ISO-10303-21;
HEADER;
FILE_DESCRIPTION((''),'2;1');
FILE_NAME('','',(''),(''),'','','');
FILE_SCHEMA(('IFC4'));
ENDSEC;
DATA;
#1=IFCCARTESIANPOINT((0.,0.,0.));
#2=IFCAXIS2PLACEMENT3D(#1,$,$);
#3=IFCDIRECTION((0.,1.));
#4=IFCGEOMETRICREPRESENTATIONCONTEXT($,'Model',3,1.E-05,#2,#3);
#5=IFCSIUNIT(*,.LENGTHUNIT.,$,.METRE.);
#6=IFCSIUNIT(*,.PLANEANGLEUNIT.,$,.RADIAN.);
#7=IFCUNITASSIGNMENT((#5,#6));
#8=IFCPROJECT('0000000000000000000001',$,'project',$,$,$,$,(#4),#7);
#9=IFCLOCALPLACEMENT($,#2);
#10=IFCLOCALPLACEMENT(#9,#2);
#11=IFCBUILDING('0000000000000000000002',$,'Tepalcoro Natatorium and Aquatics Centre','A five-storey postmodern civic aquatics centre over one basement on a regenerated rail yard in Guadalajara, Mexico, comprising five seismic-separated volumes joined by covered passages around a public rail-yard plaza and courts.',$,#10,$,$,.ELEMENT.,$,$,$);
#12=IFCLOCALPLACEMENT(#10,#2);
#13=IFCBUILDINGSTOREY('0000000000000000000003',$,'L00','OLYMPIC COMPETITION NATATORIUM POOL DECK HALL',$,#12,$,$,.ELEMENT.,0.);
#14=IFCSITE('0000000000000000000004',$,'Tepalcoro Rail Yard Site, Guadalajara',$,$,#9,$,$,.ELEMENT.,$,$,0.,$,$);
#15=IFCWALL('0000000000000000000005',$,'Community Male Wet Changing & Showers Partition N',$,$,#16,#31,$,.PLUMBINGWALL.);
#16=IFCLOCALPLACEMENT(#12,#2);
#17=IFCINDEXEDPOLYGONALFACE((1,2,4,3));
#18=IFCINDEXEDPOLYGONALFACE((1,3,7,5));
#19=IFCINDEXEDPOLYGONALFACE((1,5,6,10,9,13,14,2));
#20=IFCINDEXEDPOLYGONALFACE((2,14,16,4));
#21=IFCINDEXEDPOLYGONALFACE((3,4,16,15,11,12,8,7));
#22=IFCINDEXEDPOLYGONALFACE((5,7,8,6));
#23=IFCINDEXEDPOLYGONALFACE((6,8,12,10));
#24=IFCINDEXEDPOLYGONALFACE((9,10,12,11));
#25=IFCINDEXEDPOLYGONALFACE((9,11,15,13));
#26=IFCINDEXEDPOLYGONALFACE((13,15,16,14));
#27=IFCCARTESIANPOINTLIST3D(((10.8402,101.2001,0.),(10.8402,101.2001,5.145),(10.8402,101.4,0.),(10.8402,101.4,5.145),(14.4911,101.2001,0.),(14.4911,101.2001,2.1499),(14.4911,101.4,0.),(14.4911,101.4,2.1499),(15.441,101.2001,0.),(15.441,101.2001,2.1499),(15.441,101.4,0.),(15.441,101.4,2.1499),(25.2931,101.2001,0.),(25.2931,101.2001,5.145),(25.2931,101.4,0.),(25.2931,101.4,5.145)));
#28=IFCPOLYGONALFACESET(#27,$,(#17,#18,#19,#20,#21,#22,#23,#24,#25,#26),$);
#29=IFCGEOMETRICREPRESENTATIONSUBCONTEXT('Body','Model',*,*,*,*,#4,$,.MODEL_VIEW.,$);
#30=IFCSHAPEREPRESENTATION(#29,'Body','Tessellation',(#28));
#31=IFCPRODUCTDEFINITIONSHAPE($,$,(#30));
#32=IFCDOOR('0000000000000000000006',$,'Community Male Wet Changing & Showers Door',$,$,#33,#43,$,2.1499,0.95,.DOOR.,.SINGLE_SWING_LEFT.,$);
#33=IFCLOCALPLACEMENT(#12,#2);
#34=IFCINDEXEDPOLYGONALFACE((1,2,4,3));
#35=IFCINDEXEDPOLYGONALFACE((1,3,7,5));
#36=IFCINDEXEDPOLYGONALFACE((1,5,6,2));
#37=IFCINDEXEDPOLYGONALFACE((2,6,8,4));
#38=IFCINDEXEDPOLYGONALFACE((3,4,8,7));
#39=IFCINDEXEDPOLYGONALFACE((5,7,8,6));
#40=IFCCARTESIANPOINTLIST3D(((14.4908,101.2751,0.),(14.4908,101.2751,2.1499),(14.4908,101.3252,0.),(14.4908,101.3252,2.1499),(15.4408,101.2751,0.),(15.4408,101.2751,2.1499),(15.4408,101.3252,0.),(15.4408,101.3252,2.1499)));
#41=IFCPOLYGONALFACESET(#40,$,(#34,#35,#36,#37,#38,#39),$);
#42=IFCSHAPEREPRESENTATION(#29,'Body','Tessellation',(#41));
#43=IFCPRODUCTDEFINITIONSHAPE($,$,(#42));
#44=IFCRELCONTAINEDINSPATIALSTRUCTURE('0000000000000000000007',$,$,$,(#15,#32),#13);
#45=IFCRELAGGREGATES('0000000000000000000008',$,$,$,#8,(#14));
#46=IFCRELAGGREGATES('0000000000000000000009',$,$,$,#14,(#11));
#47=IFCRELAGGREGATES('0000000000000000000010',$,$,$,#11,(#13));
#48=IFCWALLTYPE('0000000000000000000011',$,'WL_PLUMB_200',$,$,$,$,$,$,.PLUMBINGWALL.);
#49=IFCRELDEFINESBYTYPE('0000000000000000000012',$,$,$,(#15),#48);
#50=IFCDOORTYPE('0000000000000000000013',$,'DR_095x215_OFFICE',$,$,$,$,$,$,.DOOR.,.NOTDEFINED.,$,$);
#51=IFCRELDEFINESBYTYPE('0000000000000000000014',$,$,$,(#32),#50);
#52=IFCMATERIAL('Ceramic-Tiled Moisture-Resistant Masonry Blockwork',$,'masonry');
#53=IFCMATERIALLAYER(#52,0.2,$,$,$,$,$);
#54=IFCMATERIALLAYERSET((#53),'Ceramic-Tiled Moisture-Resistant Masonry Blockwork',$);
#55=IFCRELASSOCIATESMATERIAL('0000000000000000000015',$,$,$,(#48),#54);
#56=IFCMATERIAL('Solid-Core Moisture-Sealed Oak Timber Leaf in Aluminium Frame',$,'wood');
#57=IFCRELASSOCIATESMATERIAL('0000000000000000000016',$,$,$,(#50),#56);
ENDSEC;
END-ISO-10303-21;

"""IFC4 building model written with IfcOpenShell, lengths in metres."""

from ifc_helpers import new_model, si_unit, direction, frame, frame_2d, origin, place, context, subcontext, project, spatial, rectangle, extrude, material, layer, layer_set, type_object, element, fill, save


model = new_model("IFC4")

# Units and contexts
model_context = context("Model", 3, precision=1e-05, world=origin(), true_north=direction((0.0, 1.0)))
body_context = subcontext(model_context, "Body", "Model", "MODEL_VIEW")
ifc_project = project(units=[si_unit("LENGTHUNIT", "METRE"), si_unit("PLANEANGLEUNIT", "RADIAN")], contexts=[model_context])

# Site, building, storey
site_placement = place(None, origin())
site = spatial("IfcSite", under=ifc_project, at=site_placement, Name="Tepalcoro Rail Yard Site, Guadalajara", CompositionType="ELEMENT", RefElevation=0.0)
building_placement = place(site_placement, origin())
building = spatial("IfcBuilding", under=site, at=building_placement, Name="Tepalcoro Natatorium and Aquatics Centre", Description="A five-storey postmodern civic aquatics centre over one basement on a regenerated rail yard in Guadalajara, Mexico, comprising five seismic-separated volumes joined by covered passages around a public rail-yard plaza and courts.", CompositionType="ELEMENT")
storey_placement = place(building_placement, origin())
storey = spatial("IfcBuildingStorey", under=building, at=storey_placement, Name="L00", Description="OLYMPIC COMPETITION NATATORIUM POOL DECK HALL", CompositionType="ELEMENT", Elevation=0.0)

# Wall, opening, door
ifc_material_1 = material(Name="Ceramic-Tiled Moisture-Resistant Masonry Blockwork", Category="masonry")
ifc_layer_1 = layer(ifc_material_1, 0.2)
ifc_layer_set_1 = layer_set([ifc_layer_1], Name="Ceramic-Tiled Moisture-Resistant Masonry Blockwork")
wall_type = type_object("IfcWallType", Name="WL_PLUMB_200", PredefinedType="PLUMBINGWALL", material=ifc_layer_set_1)
wall_placement = place(storey_placement, frame((10.8401, 101.3, 0.0), z_axis=(0.0, 0.0, 1.0), x_axis=(1.0, 0.0, 0.0)))
wall = element("IfcWall", 1, at=wall_placement, inside=storey, type_object=wall_type, Name="Community Male Wet Changing & Showers Partition N", PredefinedType="PLUMBINGWALL", context=body_context, shape_type="SweptSolid", body=[
    extrude(rectangle(XDim=14.4529, YDim=0.2, at=frame_2d((7.2266, 0.0))), origin(), (0.0, 0.0, 1.0), 5.145),
])
opening_placement = place(wall_placement, frame((3.6509, 0.0, 0.0)))
opening = element("IfcOpeningElement", 2, at=opening_placement, cuts=wall, PredefinedType="OPENING", context=body_context, shape_type="SweptSolid", body=[
    extrude(rectangle(XDim=0.95, YDim=2.1499, at=frame_2d((0.4751, 1.075))), frame((0.0, 0.1118, 0.0), z_axis=(0.0, -1.0, 0.0), x_axis=(1.0, 0.0, 0.0)), (0.0, 0.0, 1.0), 0.2239),
])
ifc_material_2 = material(Name="Solid-Core Moisture-Sealed Oak Timber Leaf in Aluminium Frame", Category="wood")
door_type = type_object("IfcDoorType", Name="DR_095x215_OFFICE", OperationType="NOTDEFINED", PredefinedType="DOOR", material=ifc_material_2)
door_placement = place(opening_placement, frame((0.95, 0.0, 0.0), z_axis=(0.0, 0.0, 1.0), x_axis=(-1.0, 0.0, 0.0)))
door = element("IfcDoor", 3, at=door_placement, inside=storey, type_object=door_type, Name="Community Male Wet Changing & Showers Door", OperationType="SINGLE_SWING_LEFT", OverallHeight=2.1499, OverallWidth=0.95, PredefinedType="DOOR", context=body_context, shape_type="SweptSolid", body=[
    extrude(rectangle(XDim=0.95, YDim=2.1499, at=frame_2d((0.4751, 1.075))), frame((0.0, 0.0249, 0.0), z_axis=(0.0, -1.0, 0.0), x_axis=(1.0, 0.0, 0.0)), (0.0, 0.0, 1.0), 0.05),
])
fill(opening, door)

save(model, "model.ifc")
